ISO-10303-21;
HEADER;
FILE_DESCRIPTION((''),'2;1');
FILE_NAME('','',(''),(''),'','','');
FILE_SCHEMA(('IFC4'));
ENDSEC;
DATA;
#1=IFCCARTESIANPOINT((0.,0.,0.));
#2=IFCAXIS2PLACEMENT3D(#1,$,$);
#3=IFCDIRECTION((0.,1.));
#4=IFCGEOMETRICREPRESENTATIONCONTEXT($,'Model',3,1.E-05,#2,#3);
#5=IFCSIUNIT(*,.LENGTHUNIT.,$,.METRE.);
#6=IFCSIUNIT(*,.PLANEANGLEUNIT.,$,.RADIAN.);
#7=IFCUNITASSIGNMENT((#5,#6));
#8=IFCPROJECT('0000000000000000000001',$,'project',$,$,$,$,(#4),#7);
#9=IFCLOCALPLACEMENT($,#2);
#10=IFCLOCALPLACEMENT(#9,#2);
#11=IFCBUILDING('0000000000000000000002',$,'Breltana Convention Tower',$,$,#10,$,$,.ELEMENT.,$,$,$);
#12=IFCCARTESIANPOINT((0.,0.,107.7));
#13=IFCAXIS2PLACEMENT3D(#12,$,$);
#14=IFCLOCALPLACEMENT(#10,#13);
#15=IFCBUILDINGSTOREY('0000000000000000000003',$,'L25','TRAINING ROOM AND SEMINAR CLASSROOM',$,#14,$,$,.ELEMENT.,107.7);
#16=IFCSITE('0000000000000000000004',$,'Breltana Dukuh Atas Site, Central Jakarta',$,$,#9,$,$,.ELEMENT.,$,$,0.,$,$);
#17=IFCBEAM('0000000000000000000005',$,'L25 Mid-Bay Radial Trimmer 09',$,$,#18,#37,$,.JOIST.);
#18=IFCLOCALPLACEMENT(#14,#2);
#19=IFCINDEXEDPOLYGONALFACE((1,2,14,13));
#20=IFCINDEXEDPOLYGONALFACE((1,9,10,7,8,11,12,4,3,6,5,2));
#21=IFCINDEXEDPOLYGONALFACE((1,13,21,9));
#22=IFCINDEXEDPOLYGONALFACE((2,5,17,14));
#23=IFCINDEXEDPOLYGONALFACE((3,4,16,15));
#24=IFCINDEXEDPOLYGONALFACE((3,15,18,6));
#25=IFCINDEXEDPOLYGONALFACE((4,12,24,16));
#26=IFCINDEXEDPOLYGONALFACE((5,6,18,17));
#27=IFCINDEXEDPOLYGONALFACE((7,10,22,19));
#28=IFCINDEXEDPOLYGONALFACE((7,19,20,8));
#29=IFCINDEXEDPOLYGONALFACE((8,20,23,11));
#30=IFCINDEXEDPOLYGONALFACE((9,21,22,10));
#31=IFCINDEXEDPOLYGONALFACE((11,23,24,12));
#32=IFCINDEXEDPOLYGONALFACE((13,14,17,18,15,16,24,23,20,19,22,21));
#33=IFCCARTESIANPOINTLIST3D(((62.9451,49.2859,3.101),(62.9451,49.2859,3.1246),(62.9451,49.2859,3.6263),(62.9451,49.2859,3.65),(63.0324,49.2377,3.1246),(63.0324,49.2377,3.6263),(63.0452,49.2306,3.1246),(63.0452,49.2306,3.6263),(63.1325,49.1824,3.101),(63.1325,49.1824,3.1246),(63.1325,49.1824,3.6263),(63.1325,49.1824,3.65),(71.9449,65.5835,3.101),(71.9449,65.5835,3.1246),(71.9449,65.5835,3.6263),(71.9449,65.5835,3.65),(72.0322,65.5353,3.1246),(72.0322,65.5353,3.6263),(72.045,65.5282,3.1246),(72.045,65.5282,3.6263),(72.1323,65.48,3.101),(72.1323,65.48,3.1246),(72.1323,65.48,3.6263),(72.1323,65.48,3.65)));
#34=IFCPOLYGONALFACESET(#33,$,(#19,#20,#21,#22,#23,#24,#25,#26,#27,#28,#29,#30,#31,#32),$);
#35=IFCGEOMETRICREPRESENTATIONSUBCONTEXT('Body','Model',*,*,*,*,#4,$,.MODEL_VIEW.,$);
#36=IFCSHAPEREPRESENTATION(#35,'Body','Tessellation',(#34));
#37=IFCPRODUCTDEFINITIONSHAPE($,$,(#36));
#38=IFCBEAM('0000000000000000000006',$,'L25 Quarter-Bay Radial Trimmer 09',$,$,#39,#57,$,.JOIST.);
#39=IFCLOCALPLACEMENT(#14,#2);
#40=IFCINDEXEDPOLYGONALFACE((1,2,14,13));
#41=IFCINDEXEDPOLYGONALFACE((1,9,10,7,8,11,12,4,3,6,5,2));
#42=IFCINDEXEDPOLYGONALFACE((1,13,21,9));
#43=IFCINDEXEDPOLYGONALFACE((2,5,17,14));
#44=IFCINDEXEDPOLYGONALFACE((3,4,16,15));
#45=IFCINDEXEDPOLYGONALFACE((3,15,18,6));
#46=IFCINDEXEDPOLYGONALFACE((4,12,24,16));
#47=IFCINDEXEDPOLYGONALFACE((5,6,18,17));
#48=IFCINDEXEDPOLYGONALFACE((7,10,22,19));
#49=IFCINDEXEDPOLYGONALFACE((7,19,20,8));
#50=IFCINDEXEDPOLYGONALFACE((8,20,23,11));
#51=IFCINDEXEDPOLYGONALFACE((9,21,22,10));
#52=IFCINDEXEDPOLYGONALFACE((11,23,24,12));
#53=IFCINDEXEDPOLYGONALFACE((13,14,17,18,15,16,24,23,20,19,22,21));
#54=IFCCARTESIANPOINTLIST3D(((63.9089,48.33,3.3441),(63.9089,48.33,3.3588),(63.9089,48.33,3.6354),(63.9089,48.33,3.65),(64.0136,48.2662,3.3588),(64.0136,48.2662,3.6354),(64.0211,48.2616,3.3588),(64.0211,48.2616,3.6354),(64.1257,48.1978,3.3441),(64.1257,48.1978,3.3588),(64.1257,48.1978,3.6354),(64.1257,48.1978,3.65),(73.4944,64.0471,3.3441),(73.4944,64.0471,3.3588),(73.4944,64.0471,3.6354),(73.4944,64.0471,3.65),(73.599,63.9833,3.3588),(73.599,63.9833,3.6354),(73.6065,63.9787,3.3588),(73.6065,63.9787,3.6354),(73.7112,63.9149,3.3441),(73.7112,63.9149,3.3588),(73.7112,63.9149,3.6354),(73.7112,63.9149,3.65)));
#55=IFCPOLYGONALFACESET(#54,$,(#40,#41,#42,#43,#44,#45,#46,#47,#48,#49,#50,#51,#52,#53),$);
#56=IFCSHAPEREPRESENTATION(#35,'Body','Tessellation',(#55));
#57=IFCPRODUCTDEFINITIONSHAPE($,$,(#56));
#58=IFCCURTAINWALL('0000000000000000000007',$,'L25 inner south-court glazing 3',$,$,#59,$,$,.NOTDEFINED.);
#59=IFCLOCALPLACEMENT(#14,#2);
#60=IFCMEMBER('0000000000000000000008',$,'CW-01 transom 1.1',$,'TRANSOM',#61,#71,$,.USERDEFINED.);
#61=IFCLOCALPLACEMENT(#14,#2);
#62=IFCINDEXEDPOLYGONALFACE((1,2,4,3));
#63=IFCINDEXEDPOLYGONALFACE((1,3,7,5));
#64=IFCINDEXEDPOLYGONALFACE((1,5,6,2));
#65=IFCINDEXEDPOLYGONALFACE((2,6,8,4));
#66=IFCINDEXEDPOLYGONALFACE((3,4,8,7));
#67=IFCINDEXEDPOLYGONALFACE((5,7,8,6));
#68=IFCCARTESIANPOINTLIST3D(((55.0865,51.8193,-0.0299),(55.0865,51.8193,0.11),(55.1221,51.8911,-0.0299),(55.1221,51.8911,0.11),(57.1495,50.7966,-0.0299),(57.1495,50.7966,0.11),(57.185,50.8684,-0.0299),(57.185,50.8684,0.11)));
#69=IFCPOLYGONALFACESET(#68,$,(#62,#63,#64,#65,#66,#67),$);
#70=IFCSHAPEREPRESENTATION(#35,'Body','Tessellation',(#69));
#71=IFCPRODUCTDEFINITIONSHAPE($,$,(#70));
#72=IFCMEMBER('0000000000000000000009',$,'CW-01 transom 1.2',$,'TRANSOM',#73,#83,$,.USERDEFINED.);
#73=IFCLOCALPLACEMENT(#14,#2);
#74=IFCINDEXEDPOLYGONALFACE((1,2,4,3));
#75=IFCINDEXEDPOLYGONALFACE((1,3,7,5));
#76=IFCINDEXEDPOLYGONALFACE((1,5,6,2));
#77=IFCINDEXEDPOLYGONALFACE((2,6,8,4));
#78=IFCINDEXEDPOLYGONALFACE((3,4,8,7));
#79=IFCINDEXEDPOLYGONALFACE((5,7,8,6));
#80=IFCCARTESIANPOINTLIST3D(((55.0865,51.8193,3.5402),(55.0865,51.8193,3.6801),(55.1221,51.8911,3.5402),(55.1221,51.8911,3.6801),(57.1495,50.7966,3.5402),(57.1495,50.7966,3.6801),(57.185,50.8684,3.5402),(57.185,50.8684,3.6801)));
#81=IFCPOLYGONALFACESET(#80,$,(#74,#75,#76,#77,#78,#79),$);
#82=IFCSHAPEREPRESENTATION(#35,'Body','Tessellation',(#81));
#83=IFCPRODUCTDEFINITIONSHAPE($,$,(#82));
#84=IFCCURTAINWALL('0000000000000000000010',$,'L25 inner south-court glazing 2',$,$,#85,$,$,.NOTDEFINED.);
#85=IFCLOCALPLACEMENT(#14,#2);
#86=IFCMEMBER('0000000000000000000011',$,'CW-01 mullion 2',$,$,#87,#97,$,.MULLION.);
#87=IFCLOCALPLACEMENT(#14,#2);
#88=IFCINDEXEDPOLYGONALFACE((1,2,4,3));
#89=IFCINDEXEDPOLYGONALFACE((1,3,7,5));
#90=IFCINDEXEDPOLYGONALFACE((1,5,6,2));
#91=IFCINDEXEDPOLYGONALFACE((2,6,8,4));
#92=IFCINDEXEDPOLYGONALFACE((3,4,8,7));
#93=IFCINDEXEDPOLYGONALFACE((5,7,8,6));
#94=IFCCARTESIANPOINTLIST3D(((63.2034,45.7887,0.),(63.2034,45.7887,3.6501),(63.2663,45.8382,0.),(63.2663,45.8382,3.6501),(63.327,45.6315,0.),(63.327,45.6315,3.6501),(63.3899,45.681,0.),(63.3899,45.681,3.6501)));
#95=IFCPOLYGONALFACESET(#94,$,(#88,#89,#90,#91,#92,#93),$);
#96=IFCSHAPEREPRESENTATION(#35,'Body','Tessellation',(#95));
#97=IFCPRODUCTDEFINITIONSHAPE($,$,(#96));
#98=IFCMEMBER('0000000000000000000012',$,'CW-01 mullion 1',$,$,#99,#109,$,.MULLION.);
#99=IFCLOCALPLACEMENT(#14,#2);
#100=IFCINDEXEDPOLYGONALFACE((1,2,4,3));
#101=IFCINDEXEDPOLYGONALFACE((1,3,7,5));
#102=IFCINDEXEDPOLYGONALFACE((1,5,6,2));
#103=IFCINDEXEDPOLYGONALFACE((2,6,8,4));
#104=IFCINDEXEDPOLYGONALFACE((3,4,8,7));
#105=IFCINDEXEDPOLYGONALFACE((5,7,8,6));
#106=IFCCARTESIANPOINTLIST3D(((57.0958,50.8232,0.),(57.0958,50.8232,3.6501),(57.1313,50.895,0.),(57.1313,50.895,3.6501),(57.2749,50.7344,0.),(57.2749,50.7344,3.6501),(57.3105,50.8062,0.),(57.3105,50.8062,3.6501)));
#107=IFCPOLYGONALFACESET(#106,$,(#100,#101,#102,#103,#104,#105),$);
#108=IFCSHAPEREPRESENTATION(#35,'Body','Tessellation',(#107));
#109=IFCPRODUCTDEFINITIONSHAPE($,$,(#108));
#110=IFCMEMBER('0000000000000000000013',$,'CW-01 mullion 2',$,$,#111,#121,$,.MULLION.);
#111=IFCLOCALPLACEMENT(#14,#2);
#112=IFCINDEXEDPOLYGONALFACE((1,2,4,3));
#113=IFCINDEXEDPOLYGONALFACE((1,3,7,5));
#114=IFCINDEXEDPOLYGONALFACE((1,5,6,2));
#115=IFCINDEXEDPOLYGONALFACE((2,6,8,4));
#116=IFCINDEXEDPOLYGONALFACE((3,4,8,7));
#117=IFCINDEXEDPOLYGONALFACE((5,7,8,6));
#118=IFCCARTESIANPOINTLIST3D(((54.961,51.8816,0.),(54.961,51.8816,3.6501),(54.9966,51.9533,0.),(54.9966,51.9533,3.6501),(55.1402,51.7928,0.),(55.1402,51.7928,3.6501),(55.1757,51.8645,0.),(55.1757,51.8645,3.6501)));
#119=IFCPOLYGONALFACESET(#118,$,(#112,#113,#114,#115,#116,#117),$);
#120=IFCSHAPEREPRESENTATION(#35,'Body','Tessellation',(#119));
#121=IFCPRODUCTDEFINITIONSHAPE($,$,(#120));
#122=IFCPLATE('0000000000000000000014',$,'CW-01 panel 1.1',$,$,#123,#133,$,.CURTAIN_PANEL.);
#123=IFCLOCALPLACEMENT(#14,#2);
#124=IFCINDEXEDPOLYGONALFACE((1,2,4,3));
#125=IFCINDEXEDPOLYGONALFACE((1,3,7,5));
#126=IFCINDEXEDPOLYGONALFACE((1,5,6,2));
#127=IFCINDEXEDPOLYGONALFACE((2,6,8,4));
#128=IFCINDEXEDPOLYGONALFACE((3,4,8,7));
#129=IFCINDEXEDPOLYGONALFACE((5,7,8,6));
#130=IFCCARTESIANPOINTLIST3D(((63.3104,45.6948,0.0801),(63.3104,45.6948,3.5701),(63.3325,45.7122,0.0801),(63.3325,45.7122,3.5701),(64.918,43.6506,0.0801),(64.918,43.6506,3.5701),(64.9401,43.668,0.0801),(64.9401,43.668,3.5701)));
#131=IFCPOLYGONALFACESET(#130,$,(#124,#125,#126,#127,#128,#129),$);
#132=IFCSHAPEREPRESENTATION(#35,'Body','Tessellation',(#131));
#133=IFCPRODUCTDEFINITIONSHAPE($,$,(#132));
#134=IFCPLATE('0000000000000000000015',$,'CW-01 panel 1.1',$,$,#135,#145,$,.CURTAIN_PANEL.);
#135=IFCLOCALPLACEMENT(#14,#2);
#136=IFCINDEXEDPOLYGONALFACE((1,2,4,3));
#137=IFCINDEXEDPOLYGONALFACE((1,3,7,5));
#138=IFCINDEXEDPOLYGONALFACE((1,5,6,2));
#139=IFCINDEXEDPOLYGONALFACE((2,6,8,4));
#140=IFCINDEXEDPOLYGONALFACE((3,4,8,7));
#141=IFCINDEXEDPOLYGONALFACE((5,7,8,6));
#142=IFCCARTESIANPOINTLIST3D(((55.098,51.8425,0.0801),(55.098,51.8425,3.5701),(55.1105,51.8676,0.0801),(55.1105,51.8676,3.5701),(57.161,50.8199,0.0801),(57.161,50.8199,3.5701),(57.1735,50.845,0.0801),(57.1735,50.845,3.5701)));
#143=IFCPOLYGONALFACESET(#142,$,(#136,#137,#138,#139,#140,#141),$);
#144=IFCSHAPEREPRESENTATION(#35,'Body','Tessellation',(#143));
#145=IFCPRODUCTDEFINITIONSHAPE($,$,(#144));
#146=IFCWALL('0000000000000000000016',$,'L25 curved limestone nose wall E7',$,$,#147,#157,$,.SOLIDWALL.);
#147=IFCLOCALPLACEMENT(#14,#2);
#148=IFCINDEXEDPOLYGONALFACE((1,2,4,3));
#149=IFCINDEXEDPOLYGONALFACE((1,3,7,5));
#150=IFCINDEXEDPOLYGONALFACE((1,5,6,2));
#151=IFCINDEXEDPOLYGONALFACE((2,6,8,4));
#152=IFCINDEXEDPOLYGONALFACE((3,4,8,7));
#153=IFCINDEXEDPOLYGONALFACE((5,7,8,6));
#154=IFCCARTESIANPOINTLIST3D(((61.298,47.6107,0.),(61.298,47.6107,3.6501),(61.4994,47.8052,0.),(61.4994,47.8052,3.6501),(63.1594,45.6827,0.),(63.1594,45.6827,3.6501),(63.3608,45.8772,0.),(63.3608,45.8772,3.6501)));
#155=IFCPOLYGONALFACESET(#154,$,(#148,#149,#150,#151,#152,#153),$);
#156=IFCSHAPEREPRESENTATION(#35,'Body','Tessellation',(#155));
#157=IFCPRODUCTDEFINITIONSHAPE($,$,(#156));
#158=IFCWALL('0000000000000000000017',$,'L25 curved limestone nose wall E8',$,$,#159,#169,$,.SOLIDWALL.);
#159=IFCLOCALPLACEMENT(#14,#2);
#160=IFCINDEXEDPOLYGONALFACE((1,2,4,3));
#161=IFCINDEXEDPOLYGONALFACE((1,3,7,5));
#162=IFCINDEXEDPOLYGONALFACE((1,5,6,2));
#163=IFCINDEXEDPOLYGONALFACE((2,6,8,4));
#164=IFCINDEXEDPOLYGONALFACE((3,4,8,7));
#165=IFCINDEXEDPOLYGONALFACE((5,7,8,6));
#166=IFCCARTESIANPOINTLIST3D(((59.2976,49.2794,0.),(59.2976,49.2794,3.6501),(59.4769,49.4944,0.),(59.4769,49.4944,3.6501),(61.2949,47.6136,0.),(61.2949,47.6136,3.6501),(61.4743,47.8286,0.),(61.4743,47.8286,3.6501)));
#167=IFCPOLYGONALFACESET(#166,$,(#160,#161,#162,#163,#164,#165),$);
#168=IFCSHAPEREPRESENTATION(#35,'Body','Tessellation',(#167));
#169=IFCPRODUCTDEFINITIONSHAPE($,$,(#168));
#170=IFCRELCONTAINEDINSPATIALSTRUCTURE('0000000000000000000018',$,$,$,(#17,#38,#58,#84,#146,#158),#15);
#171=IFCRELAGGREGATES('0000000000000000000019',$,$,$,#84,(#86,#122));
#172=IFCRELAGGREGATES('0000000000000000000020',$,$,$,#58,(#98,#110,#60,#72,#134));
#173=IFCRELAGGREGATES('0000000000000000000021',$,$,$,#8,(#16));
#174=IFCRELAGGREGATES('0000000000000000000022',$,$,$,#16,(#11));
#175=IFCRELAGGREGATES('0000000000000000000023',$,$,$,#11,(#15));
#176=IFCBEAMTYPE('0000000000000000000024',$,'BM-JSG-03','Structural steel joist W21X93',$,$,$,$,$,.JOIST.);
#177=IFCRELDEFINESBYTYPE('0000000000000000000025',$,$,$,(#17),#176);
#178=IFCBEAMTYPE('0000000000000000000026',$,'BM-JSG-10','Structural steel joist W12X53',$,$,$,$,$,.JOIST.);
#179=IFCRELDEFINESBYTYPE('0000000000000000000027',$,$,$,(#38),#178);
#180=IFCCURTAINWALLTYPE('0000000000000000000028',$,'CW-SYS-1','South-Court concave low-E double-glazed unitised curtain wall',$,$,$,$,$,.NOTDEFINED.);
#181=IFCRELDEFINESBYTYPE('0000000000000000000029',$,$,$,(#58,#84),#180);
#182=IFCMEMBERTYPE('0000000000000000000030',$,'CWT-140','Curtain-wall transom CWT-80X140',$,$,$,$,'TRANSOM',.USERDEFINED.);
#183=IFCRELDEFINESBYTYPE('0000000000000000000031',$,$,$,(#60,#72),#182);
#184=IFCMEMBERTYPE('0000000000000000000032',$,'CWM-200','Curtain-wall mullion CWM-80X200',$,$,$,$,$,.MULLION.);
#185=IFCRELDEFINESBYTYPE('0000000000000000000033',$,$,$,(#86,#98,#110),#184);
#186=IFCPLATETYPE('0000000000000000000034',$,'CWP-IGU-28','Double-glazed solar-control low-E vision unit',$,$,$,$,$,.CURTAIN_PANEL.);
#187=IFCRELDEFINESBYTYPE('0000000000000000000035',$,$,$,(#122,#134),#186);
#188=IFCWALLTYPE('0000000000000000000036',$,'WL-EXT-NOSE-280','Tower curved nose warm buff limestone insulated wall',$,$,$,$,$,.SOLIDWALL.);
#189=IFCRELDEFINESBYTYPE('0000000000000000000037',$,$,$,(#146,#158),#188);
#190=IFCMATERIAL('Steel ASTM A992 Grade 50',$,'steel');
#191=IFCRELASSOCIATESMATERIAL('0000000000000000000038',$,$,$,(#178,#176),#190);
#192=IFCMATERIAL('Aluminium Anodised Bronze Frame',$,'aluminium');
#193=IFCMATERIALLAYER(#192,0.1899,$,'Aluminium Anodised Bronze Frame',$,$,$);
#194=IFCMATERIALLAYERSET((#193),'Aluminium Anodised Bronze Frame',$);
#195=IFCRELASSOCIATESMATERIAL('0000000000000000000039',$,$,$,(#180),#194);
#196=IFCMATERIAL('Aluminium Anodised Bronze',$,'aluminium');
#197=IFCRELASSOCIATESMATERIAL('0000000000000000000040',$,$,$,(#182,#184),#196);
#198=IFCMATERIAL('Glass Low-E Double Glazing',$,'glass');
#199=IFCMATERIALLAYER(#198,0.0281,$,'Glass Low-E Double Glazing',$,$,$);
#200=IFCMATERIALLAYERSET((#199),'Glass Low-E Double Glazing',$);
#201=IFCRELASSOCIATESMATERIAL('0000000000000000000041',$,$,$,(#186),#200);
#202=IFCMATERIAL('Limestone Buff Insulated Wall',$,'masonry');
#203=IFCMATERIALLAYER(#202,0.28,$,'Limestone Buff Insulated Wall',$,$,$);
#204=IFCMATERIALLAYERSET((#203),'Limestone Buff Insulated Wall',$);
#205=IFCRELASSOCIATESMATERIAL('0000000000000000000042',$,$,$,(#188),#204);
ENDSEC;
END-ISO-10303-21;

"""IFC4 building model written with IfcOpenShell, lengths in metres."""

from ifc_helpers import new_model, si_unit, direction, frame, frame_2d, origin, origin_2d, place, context, subcontext, project, spatial, rectangle, i_section, extrude, source, transform, mapped, material, layer, layer_set, material_profile, profile_set, type_object, element, aggregate, save


model = new_model("IFC4")

# Units and contexts
model_context = context("Model", 3, precision=1e-05, world=origin(), true_north=direction((0.0, 1.0)))
body_context = subcontext(model_context, "Body", "Model", "MODEL_VIEW")
ifc_project = project(units=[si_unit("LENGTHUNIT", "METRE"), si_unit("PLANEANGLEUNIT", "RADIAN")], contexts=[model_context])

# Site, building, storey
site_placement = place(None, origin())
site = spatial("IfcSite", under=ifc_project, at=site_placement, Name="Breltana Dukuh Atas Site, Central Jakarta", CompositionType="ELEMENT", RefElevation=0.0)
building_placement = place(site_placement, origin())
building = spatial("IfcBuilding", under=site, at=building_placement, Name="Breltana Convention Tower", CompositionType="ELEMENT")
storey_placement = place(building_placement, frame((0.0, 0.0, 107.7)))
storey = spatial("IfcBuildingStorey", under=building, at=storey_placement, Name="L25", Description="TRAINING ROOM AND SEMINAR CLASSROOM", CompositionType="ELEMENT", Elevation=107.7)

# Beams
ifc_material_1 = material(Name="Steel ASTM A992 Grade 50", Category="steel")
ifc_material_profile_1 = material_profile(ifc_material_1, i_section(OverallWidth=0.2539, OverallDepth=0.3059, WebThickness=0.0088, FlangeThickness=0.0146, at=origin_2d()), Name="W12X53")
ifc_profile_set_1 = profile_set([ifc_material_profile_1], Name="Steel ASTM A992 Grade 50")
beam_type_1 = type_object("IfcBeamType", Name="BM-JSG-10", Description="Structural steel joist W12X53", PredefinedType="JOIST", material=ifc_profile_set_1)
ifc_material_profile_2 = material_profile(ifc_material_1, i_section(OverallWidth=0.2141, OverallDepth=0.5491, WebThickness=0.0146, FlangeThickness=0.0237, at=origin_2d()), Name="W21X93")
ifc_profile_set_2 = profile_set([ifc_material_profile_2], Name="Steel ASTM A992 Grade 50")
beam_type_2 = type_object("IfcBeamType", Name="BM-JSG-03", Description="Structural steel joist W21X93", PredefinedType="JOIST", material=ifc_profile_set_2)
shared_shape_1 = source(origin(), body_context, "Body", "SweptSolid", [
    extrude(i_section(OverallWidth=0.2141, OverallDepth=0.5491, WebThickness=0.0146, FlangeThickness=0.0237, at=origin_2d()), origin(), (0.0, 0.0, 1.0), 18.6174),
])
beam_1_placement = place(storey_placement, frame((63.0388, 49.2341, 3.3755), z_axis=(0.483406, 0.875396, 0.0), x_axis=(-0.875396, 0.483406, 0.0)))
element("IfcBeam", 1, at=beam_1_placement, inside=storey, type_object=beam_type_2, Name="L25 Mid-Bay Radial Trimmer 09", PredefinedType="JOIST", context=body_context, shape_type="MappedRepresentation", body=[
    mapped(shared_shape_1, transform((0.0, 0.0, 0.0), scale=1.0)),
])
shared_shape_2 = source(origin(), body_context, "Body", "SweptSolid", [
    extrude(i_section(OverallWidth=0.2539, OverallDepth=0.3059, WebThickness=0.0088, FlangeThickness=0.0146, at=origin_2d()), origin(), (0.0, 0.0, 1.0), 18.4094),
])
beam_2_placement = place(storey_placement, frame((64.0173, 48.2639, 3.4971), z_axis=(0.520682, 0.853751, 0.0), x_axis=(-0.853751, 0.520682, 0.0)))
element("IfcBeam", 2, at=beam_2_placement, inside=storey, type_object=beam_type_1, Name="L25 Quarter-Bay Radial Trimmer 09", PredefinedType="JOIST", context=body_context, shape_type="MappedRepresentation", body=[
    mapped(shared_shape_2, transform((0.0, 0.0, 0.0), scale=1.0)),
])

# Curtain wall, members
ifc_material_2 = material(Name="Aluminium Anodised Bronze Frame", Category="aluminium")
ifc_layer_1 = layer(ifc_material_2, 0.1899, Name="Aluminium Anodised Bronze Frame")
ifc_layer_set_1 = layer_set([ifc_layer_1], Name="Aluminium Anodised Bronze Frame")
curtain_wall_type = type_object("IfcCurtainWallType", Name="CW-SYS-1", Description="South-Court concave low-E double-glazed unitised curtain wall", PredefinedType="NOTDEFINED", material=ifc_layer_set_1)
curtain_wall_1_placement = place(storey_placement, origin())
curtain_wall_1 = element("IfcCurtainWall", 3, at=curtain_wall_1_placement, inside=storey, type_object=curtain_wall_type, Name="L25 inner south-court glazing 3", PredefinedType="NOTDEFINED")
ifc_material_3 = material(Name="Aluminium Anodised Bronze", Category="aluminium")
ifc_material_profile_3 = material_profile(ifc_material_3, rectangle(XDim=0.0801, YDim=0.1399, at=origin_2d()), Name="CWT-80X140")
ifc_profile_set_3 = profile_set([ifc_material_profile_3], Name="Aluminium Anodised Bronze")
member_type_1 = type_object("IfcMemberType", Name="CWT-140", Description="Curtain-wall transom CWT-80X140", ElementType="TRANSOM", PredefinedType="USERDEFINED", material=ifc_profile_set_3)
shared_shape_3 = source(origin(), body_context, "Body", "SweptSolid", [
    extrude(rectangle(XDim=0.0801, YDim=0.1399, at=origin_2d()), origin(), (0.0, 0.0, 1.0), 2.3025),
])
member_1_placement = place(storey_placement, frame((57.1672, 50.8325, 0.04), z_axis=(-0.895949, 0.444157, 0.0), x_axis=(-0.444157, -0.895949, 0.0)))
member_1 = element("IfcMember", 4, at=member_1_placement, type_object=member_type_1, Name="CW-01 transom 1.1", ObjectType="TRANSOM", PredefinedType="USERDEFINED", context=body_context, shape_type="MappedRepresentation", body=[
    mapped(shared_shape_3, transform((0.0, 0.0, 0.0), scale=1.0)),
])
member_2_placement = place(storey_placement, frame((57.1672, 50.8325, 3.6101), z_axis=(-0.895949, 0.444157, 0.0), x_axis=(-0.444157, -0.895949, 0.0)))
member_2 = element("IfcMember", 5, at=member_2_placement, type_object=member_type_1, Name="CW-01 transom 1.2", ObjectType="TRANSOM", PredefinedType="USERDEFINED", context=body_context, shape_type="MappedRepresentation", body=[
    mapped(shared_shape_3, transform((0.0, 0.0, 0.0), scale=1.0)),
])

# Curtain wall, member
curtain_wall_2_placement = place(storey_placement, origin())
curtain_wall_2 = element("IfcCurtainWall", 6, at=curtain_wall_2_placement, inside=storey, type_object=curtain_wall_type, Name="L25 inner south-court glazing 2", PredefinedType="NOTDEFINED")
ifc_material_profile_4 = material_profile(ifc_material_3, rectangle(XDim=0.0801, YDim=0.2, at=origin_2d()), Name="CWM-80X200")
ifc_profile_set_4 = profile_set([ifc_material_profile_4], Name="Aluminium Anodised Bronze")
member_type_2 = type_object("IfcMemberType", Name="CWM-200", Description="Curtain-wall mullion CWM-80X200", PredefinedType="MULLION", material=ifc_profile_set_4)
shared_shape_4 = source(origin(), body_context, "Body", "SweptSolid", [
    extrude(rectangle(XDim=0.0801, YDim=0.2, at=origin_2d()), origin(), (0.0, 0.0, 1.0), 3.6501),
])
member_3_placement = place(storey_placement, frame((63.2966, 45.7349, 0.0), z_axis=(0.0, 0.0, 1.0), x_axis=(-0.786054, -0.618157, 0.0)))
member_3 = element("IfcMember", 7, at=member_3_placement, type_object=member_type_2, Name="CW-01 mullion 2", PredefinedType="MULLION", context=body_context, shape_type="MappedRepresentation", body=[
    mapped(shared_shape_4, transform((0.0, 0.0, 0.0), scale=1.0)),
])

# Members
member_4_placement = place(storey_placement, frame((57.2031, 50.8147, 0.0), z_axis=(0.0, 0.0, 1.0), x_axis=(-0.444125, -0.895965, 0.0)))
member_4 = element("IfcMember", 8, at=member_4_placement, type_object=member_type_2, Name="CW-01 mullion 1", PredefinedType="MULLION", context=body_context, shape_type="MappedRepresentation", body=[
    mapped(shared_shape_4, transform((0.0, 0.0, 0.0), scale=1.0)),
])
member_5_placement = place(storey_placement, frame((55.0684, 51.873, 0.0), z_axis=(0.0, 0.0, 1.0), x_axis=(-0.444125, -0.895965, 0.0)))
member_5 = element("IfcMember", 9, at=member_5_placement, type_object=member_type_2, Name="CW-01 mullion 2", PredefinedType="MULLION", context=body_context, shape_type="MappedRepresentation", body=[
    mapped(shared_shape_4, transform((0.0, 0.0, 0.0), scale=1.0)),
])

# Plates
ifc_material_4 = material(Name="Glass Low-E Double Glazing", Category="glass")
ifc_layer_2 = layer(ifc_material_4, 0.0281, Name="Glass Low-E Double Glazing")
ifc_layer_set_2 = layer_set([ifc_layer_2], Name="Glass Low-E Double Glazing")
plate_type = type_object("IfcPlateType", Name="CWP-IGU-28", Description="Double-glazed solar-control low-E vision unit", PredefinedType="CURTAIN_PANEL", material=ifc_layer_set_2)
shared_shape_5 = source(origin(), body_context, "Body", "SweptSolid", [
    extrude(rectangle(XDim=2.6006, YDim=0.0281, at=origin_2d()), origin(), (0.0, 0.0, 1.0), 3.49),
])
plate_1_placement = place(storey_placement, frame((64.1252, 44.6814, 0.0801), z_axis=(0.0, 0.0, 1.0), x_axis=(-0.618157, 0.786054, 0.0)))
plate_1 = element("IfcPlate", 10, at=plate_1_placement, type_object=plate_type, Name="CW-01 panel 1.1", PredefinedType="CURTAIN_PANEL", context=body_context, shape_type="MappedRepresentation", body=[
    mapped(shared_shape_5, transform((0.0, 0.0, 0.0), scale=1.0)),
])
aggregate(curtain_wall_2, [member_3, plate_1])
shared_shape_6 = source(origin(), body_context, "Body", "SweptSolid", [
    extrude(rectangle(XDim=2.3025, YDim=0.0281, at=origin_2d()), origin(), (0.0, 0.0, 1.0), 3.49),
])
plate_2_placement = place(storey_placement, frame((56.1357, 51.3438, 0.0801), z_axis=(0.0, 0.0, 1.0), x_axis=(-0.895965, 0.444125, 0.0)))
plate_2 = element("IfcPlate", 11, at=plate_2_placement, type_object=plate_type, Name="CW-01 panel 1.1", PredefinedType="CURTAIN_PANEL", context=body_context, shape_type="MappedRepresentation", body=[
    mapped(shared_shape_6, transform((0.0, 0.0, 0.0), scale=1.0)),
])
aggregate(curtain_wall_1, [member_4, member_5, member_1, member_2, plate_2])

# Walls
ifc_material_5 = material(Name="Limestone Buff Insulated Wall", Category="masonry")
ifc_layer_3 = layer(ifc_material_5, 0.28, Name="Limestone Buff Insulated Wall")
ifc_layer_set_3 = layer_set([ifc_layer_3], Name="Limestone Buff Insulated Wall")
wall_type_1 = type_object("IfcWallType", Name="WL-EXT-NOSE-280", Description="Tower curved nose warm buff limestone insulated wall", PredefinedType="SOLIDWALL", material=ifc_layer_set_3)
shared_shape_7 = source(origin(), body_context, "Body", "SweptSolid", [
    extrude(rectangle(XDim=2.6799, YDim=0.28, at=frame_2d((1.3398, 0.0))), origin(), (0.0, 0.0, 1.0), 3.6501),
])
wall_1_placement = place(storey_placement, frame((63.26, 45.78, 0.0), z_axis=(0.0, 0.0, 1.0), x_axis=(-0.694562, 0.719433, 0.0)))
element("IfcWall", 12, at=wall_1_placement, inside=storey, type_object=wall_type_1, Name="L25 curved limestone nose wall E7", PredefinedType="SOLIDWALL", context=body_context, shape_type="MappedRepresentation", body=[
    mapped(shared_shape_7, transform((0.0, 0.0, 0.0), scale=1.0)),
])
shared_shape_8 = source(origin(), body_context, "Body", "SweptSolid", [
    extrude(rectangle(XDim=2.6008, YDim=0.28, at=frame_2d((1.3003, 0.0))), origin(), (0.0, 0.0, 1.0), 3.6501),
])
wall_2_placement = place(storey_placement, frame((61.3845, 47.7212, 0.0), z_axis=(0.0, 0.0, 1.0), x_axis=(-0.767967, 0.640489, 0.0)))
element("IfcWall", 13, at=wall_2_placement, inside=storey, type_object=wall_type_1, Name="L25 curved limestone nose wall E8", PredefinedType="SOLIDWALL", context=body_context, shape_type="MappedRepresentation", body=[
    mapped(shared_shape_8, transform((0.0, 0.0, 0.0), scale=1.0)),
])

save(model, "model.ifc")
